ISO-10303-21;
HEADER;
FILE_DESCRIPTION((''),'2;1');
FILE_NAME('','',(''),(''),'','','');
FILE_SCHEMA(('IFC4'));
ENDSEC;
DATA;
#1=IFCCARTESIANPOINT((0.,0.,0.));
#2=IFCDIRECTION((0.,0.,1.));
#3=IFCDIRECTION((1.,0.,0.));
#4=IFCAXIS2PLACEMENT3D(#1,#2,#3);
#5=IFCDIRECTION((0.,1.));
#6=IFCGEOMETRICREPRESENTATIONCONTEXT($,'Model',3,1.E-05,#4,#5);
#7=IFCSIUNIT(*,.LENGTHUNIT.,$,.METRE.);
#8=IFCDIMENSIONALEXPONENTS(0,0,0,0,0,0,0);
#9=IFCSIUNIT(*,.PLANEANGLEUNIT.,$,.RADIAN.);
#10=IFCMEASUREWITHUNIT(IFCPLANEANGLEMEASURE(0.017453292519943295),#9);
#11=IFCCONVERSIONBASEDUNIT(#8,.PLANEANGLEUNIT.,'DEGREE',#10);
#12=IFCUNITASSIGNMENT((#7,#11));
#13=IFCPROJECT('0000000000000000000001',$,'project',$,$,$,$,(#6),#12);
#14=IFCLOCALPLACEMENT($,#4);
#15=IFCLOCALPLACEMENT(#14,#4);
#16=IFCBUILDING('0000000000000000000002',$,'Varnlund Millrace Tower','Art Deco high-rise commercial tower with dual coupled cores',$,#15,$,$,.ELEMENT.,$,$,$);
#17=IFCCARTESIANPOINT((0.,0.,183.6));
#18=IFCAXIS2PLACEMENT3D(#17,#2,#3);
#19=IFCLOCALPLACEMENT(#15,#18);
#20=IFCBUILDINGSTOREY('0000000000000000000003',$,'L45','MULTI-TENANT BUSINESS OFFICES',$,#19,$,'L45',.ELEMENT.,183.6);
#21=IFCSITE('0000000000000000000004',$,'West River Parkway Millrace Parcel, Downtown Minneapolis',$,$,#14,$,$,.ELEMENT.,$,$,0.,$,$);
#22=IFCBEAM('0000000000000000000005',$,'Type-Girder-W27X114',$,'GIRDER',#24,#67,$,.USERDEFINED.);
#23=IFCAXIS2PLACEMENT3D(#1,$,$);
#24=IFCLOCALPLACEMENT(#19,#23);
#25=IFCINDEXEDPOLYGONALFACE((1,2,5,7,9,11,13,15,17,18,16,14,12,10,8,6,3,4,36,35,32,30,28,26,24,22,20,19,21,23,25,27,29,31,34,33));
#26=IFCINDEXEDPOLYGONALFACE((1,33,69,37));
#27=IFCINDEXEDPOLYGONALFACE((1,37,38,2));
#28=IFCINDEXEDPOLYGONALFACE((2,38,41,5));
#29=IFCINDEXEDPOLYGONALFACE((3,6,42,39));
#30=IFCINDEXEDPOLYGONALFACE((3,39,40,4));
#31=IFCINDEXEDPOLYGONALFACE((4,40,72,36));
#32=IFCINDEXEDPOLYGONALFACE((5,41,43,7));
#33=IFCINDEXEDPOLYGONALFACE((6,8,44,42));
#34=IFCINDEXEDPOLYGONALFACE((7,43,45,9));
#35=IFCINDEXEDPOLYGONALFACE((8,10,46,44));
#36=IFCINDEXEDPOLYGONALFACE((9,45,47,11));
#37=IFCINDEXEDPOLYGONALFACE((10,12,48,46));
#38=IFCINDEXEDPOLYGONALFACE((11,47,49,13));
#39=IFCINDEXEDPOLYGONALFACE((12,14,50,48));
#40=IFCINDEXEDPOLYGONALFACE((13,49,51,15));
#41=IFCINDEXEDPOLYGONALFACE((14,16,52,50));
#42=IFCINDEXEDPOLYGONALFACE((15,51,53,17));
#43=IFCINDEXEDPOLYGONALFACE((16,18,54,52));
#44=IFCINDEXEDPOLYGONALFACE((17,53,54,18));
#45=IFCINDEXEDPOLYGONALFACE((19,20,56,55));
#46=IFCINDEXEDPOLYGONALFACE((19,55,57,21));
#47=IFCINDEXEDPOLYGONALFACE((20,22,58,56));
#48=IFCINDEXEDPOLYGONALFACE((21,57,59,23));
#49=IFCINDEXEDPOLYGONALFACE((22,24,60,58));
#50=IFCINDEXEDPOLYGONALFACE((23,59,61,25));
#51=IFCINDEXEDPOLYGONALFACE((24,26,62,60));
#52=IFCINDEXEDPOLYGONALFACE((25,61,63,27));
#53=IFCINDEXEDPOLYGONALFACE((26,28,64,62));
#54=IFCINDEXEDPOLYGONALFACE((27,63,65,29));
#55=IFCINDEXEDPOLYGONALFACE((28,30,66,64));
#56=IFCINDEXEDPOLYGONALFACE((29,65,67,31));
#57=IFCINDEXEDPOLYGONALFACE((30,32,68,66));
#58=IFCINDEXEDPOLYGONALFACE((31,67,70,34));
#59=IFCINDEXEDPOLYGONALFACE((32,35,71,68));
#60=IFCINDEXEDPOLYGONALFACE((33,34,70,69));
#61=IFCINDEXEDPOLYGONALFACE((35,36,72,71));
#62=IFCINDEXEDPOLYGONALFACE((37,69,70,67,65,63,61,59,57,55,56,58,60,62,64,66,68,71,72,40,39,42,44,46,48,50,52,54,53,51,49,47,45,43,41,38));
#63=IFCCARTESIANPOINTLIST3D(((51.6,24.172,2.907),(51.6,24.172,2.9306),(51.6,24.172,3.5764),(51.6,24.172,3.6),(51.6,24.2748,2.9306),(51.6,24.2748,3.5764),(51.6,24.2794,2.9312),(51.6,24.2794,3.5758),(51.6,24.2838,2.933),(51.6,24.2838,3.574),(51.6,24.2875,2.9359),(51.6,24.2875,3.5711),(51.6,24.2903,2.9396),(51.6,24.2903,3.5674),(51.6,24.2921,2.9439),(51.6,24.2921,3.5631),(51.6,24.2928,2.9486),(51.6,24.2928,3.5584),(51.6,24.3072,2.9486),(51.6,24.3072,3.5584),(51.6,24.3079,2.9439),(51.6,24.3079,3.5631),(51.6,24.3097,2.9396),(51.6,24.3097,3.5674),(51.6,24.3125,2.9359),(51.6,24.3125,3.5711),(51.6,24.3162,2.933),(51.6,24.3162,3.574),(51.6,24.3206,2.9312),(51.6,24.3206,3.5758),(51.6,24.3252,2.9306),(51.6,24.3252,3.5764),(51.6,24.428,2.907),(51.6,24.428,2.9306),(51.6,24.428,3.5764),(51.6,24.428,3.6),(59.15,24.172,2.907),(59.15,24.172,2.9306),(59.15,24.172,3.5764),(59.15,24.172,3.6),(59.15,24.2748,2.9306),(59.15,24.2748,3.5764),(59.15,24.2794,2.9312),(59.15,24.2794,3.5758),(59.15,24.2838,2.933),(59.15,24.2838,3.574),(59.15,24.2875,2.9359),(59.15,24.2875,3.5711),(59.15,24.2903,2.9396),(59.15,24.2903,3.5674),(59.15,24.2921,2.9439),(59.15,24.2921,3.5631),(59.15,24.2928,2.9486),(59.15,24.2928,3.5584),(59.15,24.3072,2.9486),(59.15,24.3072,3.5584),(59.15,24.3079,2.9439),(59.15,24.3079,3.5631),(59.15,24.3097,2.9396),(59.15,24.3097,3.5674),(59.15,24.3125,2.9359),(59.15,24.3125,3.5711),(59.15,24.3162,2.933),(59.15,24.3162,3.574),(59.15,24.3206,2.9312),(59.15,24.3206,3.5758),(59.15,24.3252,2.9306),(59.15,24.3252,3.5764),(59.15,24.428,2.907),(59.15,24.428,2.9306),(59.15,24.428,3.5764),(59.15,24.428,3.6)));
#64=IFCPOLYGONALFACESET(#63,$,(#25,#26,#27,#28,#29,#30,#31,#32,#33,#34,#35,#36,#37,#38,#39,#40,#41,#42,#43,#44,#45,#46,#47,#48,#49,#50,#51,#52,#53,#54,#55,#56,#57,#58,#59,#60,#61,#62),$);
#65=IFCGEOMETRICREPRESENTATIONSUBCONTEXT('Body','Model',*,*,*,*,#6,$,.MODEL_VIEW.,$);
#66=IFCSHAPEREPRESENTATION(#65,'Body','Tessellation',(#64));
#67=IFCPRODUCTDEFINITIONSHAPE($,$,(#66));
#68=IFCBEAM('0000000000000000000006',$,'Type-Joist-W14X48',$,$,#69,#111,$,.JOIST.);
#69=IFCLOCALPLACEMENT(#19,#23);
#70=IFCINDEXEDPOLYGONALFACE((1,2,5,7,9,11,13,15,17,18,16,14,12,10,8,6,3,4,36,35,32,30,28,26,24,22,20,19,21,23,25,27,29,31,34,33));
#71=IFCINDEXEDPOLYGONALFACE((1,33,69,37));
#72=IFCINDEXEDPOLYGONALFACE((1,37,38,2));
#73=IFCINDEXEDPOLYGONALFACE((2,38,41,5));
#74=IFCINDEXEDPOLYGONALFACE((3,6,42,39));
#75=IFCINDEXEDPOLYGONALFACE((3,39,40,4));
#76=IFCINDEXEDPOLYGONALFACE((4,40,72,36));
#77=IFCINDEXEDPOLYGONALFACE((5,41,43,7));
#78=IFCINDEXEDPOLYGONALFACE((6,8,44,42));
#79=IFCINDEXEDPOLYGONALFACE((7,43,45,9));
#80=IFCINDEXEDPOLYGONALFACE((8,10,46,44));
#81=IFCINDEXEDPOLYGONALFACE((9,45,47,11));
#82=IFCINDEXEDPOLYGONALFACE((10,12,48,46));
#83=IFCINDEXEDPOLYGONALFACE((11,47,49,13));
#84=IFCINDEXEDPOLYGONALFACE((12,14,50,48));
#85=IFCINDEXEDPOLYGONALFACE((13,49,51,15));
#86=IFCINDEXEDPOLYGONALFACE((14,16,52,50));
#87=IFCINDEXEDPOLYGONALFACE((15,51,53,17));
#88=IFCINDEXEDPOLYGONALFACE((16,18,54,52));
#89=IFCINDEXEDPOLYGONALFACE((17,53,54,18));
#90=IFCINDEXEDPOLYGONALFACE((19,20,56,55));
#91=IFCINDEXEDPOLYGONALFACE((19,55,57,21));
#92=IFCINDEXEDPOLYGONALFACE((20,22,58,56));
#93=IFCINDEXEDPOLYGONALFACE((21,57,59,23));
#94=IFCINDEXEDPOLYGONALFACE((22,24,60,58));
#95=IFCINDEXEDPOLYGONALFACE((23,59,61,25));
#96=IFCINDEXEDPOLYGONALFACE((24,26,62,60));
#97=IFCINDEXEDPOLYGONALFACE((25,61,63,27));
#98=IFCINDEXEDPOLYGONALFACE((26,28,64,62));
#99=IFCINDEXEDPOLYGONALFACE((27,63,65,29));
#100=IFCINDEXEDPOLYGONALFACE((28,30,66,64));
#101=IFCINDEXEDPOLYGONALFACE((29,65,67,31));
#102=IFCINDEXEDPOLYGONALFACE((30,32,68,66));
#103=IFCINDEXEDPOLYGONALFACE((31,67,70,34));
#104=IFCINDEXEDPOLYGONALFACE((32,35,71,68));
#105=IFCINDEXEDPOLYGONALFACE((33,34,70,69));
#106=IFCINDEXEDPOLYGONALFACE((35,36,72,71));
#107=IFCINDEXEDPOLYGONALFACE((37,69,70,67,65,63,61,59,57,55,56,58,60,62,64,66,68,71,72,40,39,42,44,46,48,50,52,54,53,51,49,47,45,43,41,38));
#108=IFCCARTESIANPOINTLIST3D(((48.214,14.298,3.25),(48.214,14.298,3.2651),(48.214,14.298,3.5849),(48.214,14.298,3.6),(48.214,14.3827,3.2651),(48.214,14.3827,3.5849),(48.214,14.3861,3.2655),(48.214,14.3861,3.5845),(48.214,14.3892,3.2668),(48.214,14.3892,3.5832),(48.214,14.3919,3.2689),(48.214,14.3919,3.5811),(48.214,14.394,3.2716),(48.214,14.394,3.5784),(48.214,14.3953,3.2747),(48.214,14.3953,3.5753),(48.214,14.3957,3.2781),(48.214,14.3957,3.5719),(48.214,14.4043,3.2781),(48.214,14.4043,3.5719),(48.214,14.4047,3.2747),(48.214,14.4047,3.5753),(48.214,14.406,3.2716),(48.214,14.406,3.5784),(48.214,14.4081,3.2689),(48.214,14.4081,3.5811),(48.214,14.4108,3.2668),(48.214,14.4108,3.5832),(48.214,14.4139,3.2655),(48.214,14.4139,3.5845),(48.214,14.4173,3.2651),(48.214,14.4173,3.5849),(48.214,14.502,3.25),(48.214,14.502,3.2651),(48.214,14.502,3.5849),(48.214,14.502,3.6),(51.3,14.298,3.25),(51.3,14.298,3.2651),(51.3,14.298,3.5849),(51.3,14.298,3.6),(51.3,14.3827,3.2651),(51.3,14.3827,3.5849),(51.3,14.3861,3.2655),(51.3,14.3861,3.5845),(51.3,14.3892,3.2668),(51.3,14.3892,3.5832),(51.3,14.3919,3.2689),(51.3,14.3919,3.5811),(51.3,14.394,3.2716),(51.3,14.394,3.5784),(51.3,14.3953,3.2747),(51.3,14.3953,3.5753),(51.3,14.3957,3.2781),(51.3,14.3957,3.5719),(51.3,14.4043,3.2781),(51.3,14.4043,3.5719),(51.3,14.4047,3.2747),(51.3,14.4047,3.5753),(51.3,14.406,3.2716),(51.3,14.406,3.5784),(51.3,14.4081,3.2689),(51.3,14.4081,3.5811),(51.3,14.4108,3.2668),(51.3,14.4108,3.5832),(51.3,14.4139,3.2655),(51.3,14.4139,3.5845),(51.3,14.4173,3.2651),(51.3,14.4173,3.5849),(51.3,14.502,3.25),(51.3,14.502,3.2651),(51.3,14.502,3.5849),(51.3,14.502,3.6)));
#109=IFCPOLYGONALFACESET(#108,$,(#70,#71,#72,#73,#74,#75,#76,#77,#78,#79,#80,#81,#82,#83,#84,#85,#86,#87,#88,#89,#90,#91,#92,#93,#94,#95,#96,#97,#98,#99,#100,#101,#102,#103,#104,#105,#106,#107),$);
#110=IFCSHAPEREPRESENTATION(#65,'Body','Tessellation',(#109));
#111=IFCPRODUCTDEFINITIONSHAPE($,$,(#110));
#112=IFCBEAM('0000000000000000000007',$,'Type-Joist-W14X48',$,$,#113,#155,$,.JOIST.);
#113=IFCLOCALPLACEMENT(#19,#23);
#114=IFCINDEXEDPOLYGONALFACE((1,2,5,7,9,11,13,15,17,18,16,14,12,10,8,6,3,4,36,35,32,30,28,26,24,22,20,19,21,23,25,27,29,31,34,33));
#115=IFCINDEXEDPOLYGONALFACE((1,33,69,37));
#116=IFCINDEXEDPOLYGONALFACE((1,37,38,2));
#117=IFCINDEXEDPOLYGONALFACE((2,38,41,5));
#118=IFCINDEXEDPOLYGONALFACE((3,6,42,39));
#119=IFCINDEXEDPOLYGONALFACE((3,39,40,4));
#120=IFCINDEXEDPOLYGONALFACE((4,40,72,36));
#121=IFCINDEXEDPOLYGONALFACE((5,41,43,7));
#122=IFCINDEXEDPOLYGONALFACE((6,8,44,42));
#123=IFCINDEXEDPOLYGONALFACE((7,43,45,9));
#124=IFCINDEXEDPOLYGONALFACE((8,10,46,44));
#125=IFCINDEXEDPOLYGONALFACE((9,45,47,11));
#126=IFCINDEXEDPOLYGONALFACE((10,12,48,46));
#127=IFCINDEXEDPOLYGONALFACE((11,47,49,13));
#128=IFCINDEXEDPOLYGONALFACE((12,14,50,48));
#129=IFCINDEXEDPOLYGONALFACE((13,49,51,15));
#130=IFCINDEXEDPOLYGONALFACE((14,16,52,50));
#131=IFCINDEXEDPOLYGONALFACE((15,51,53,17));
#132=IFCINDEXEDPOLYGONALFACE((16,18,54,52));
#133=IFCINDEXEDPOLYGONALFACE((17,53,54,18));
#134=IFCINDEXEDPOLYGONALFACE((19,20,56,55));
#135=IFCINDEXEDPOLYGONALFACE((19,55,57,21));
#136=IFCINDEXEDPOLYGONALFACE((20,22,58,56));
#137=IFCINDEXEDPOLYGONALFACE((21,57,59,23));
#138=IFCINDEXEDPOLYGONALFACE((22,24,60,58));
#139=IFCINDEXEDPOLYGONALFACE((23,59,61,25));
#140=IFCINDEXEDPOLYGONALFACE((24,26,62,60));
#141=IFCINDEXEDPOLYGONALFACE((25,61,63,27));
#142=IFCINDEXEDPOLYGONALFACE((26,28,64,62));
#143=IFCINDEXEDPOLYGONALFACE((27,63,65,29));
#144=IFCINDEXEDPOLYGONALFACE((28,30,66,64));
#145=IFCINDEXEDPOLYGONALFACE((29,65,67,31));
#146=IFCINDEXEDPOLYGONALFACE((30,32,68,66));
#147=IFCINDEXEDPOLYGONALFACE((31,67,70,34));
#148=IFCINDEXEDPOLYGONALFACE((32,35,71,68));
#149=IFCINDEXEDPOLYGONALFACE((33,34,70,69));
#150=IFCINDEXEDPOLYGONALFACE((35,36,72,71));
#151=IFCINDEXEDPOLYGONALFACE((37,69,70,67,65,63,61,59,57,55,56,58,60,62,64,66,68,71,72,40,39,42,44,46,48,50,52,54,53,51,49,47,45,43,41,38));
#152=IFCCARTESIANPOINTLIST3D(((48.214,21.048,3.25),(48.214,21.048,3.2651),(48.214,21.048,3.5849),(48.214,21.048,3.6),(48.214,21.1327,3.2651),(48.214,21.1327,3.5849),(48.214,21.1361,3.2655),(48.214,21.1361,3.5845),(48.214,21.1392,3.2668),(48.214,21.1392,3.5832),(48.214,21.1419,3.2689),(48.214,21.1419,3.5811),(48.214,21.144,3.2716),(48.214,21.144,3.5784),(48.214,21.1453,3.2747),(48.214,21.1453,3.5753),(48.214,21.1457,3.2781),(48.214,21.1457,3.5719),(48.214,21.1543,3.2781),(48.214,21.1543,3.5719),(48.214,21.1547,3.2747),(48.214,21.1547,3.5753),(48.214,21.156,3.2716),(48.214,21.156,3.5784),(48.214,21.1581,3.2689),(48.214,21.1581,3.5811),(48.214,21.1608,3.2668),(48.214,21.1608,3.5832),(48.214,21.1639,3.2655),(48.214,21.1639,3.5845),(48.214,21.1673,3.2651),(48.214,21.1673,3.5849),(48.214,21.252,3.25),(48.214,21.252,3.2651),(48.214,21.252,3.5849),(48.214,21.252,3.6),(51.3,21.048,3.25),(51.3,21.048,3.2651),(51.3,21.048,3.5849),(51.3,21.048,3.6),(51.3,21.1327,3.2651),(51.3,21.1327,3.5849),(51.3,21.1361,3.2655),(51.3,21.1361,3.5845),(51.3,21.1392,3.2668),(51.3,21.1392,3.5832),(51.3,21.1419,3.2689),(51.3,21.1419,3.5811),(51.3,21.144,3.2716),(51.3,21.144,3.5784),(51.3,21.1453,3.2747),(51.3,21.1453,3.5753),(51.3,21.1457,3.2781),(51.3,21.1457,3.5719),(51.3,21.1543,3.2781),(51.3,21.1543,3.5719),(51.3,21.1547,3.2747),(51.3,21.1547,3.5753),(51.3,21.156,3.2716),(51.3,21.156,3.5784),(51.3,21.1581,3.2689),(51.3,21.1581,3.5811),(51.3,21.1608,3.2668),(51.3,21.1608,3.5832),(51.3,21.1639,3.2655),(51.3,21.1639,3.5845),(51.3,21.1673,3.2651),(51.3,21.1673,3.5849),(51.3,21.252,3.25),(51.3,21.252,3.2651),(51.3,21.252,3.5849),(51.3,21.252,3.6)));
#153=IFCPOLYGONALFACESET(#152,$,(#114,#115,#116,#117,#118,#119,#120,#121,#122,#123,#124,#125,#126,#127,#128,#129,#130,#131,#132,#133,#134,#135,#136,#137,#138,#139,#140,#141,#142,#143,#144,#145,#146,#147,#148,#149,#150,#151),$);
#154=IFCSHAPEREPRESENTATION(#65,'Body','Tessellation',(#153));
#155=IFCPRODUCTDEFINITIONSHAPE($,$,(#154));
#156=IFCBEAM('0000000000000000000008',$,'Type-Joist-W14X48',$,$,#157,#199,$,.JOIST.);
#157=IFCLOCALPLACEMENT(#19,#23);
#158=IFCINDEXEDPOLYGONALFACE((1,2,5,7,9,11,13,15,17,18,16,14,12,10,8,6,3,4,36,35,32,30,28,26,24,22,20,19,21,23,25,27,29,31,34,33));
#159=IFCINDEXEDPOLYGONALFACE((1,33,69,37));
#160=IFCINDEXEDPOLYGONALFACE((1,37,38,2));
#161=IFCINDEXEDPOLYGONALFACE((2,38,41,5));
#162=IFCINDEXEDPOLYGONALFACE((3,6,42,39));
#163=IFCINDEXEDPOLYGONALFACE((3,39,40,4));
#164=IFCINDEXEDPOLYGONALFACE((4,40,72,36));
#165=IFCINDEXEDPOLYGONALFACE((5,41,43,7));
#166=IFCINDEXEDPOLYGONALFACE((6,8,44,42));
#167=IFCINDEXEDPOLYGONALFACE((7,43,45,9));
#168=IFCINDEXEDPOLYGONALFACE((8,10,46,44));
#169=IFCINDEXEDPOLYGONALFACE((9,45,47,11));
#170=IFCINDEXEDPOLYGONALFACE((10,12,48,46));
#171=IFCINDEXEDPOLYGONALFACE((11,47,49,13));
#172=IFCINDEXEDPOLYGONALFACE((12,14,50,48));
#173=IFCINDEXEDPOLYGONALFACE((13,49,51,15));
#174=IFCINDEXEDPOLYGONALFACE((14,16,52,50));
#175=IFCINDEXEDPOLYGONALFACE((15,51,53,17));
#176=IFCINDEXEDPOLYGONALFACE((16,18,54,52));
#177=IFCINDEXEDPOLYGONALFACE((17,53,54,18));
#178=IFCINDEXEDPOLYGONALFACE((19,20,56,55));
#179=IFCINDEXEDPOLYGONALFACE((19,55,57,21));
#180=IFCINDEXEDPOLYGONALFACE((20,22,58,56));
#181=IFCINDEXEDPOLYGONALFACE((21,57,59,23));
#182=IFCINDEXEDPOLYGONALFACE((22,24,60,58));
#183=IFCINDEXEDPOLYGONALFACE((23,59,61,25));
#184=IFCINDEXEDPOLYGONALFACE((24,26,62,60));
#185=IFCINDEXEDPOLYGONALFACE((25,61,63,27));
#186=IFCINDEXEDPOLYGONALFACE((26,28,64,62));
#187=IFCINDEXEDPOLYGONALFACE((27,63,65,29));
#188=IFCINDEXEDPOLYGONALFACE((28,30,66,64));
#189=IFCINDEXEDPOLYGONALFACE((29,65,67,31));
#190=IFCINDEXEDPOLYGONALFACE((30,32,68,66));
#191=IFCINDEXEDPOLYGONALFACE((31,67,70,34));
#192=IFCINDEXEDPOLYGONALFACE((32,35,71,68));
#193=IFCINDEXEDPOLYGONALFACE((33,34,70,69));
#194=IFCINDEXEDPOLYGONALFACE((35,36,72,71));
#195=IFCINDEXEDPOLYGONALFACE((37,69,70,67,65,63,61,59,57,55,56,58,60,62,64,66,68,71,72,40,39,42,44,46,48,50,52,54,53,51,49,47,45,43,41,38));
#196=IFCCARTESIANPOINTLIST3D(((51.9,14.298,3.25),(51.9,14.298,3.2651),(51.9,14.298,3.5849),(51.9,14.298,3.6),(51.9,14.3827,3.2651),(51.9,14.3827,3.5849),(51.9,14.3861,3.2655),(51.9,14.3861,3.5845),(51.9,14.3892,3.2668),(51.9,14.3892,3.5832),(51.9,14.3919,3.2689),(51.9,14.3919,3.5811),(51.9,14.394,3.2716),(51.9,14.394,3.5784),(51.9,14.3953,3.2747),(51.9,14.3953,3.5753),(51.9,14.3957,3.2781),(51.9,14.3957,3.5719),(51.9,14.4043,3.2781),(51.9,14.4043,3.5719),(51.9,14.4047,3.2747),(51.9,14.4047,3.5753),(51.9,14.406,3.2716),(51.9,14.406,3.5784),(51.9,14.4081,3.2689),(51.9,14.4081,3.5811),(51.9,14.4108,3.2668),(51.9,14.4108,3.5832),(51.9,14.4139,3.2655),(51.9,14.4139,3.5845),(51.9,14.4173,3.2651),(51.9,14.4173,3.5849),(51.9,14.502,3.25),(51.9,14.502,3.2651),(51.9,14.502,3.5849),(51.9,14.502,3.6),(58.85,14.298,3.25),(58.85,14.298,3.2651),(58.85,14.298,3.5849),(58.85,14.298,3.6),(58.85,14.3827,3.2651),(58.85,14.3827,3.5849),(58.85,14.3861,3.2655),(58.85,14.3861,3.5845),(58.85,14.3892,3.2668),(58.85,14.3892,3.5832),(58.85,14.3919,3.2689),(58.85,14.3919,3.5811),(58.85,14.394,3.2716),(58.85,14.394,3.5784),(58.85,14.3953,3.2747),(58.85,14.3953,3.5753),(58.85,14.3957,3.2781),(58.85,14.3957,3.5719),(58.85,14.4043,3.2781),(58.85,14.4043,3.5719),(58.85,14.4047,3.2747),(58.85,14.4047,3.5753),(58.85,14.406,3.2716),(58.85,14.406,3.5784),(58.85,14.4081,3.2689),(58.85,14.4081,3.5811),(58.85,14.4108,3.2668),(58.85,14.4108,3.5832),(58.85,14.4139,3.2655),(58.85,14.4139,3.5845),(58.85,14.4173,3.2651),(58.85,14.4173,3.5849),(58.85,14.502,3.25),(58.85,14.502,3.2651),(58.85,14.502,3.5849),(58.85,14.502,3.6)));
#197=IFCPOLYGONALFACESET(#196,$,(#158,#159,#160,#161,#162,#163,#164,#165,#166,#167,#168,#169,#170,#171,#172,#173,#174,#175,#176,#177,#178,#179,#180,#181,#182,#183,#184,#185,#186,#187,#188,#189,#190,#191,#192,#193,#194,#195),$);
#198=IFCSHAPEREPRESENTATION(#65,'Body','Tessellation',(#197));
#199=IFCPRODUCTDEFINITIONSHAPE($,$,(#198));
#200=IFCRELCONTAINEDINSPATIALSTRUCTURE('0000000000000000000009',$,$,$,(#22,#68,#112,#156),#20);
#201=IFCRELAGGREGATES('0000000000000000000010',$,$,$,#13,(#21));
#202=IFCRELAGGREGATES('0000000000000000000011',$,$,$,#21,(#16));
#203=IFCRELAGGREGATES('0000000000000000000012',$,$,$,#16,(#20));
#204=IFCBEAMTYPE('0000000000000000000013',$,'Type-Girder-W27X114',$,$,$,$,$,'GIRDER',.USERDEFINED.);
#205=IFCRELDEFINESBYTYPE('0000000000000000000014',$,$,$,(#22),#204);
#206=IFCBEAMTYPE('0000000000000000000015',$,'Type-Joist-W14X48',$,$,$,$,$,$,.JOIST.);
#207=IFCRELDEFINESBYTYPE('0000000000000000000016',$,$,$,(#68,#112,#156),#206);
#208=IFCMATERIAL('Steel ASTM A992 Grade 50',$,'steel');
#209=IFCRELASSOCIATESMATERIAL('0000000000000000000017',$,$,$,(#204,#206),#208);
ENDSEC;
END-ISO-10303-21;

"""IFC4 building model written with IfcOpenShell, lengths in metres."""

from ifc_helpers import new_model, entity, si_unit, converted_unit, direction, frame, origin_with_axes, origin_2d_with_axis, place, context, subcontext, project, spatial, i_section, extrude, material, material_profile, profile_set, type_object, element, save


model = new_model("IFC4")

# Units and contexts
model_context = context("Model", 3, precision=1e-05, world=origin_with_axes(), true_north=direction((0.0, 1.0)))
body_context = subcontext(model_context, "Body", "Model", "MODEL_VIEW")
ifc_project = project(units=[si_unit("LENGTHUNIT", "METRE"), converted_unit("PLANEANGLEUNIT", "DEGREE", entity("IfcPlaneAngleMeasure", 0.017453292519943295), si_unit("PLANEANGLEUNIT", "RADIAN"), dimensions=[0, 0, 0, 0, 0, 0, 0])], contexts=[model_context])

# Site, building, storey
site_placement = place(None, origin_with_axes())
site = spatial("IfcSite", under=ifc_project, at=site_placement, Name="West River Parkway Millrace Parcel, Downtown Minneapolis", CompositionType="ELEMENT", RefElevation=0.0)
building_placement = place(site_placement, origin_with_axes())
building = spatial("IfcBuilding", under=site, at=building_placement, Name="Varnlund Millrace Tower", Description="Art Deco high-rise commercial tower with dual coupled cores", CompositionType="ELEMENT")
storey_placement = place(building_placement, frame((0.0, 0.0, 183.6), z_axis=(0.0, 0.0, 1.0), x_axis=(1.0, 0.0, 0.0)))
storey = spatial("IfcBuildingStorey", under=building, at=storey_placement, Name="L45", Description="MULTI-TENANT BUSINESS OFFICES", LongName="L45", CompositionType="ELEMENT", Elevation=183.6)

# Beams
ifc_material_1 = material(Name="Steel ASTM A992 Grade 50", Category="steel")
ifc_material_profile_1 = material_profile(ifc_material_1, i_section(OverallWidth=0.256, OverallDepth=0.693, WebThickness=0.0145, FlangeThickness=0.0236, FilletRadius=0.018, at=origin_2d_with_axis()), Name="Steel ASTM A992 Grade 50")
ifc_profile_set_1 = profile_set([ifc_material_profile_1], Name="Steel ASTM A992 Grade 50")
beam_type_1 = type_object("IfcBeamType", Name="Type-Girder-W27X114", ElementType="GIRDER", PredefinedType="USERDEFINED", material=ifc_profile_set_1)
beam_1_placement = place(storey_placement, frame((51.6, 24.3, 3.2535), z_axis=(1.0, 0.0, 0.0), x_axis=(0.0, 1.0, 0.0)))
element("IfcBeam", 1, at=beam_1_placement, inside=storey, type_object=beam_type_1, Name="Type-Girder-W27X114", ObjectType="GIRDER", PredefinedType="USERDEFINED", context=body_context, shape_type="SweptSolid", body=[
    extrude(i_section(OverallWidth=0.256, OverallDepth=0.693, WebThickness=0.0145, FlangeThickness=0.0236, FilletRadius=0.018, at=origin_2d_with_axis()), origin_with_axes(), (0.0, 0.0, 1.0), 7.55),
])
ifc_material_profile_2 = material_profile(ifc_material_1, i_section(OverallWidth=0.204, OverallDepth=0.35, WebThickness=0.0086, FlangeThickness=0.0151, FilletRadius=0.013, at=origin_2d_with_axis()), Name="Steel ASTM A992 Grade 50")
ifc_profile_set_2 = profile_set([ifc_material_profile_2], Name="Steel ASTM A992 Grade 50")
beam_type_2 = type_object("IfcBeamType", Name="Type-Joist-W14X48", PredefinedType="JOIST", material=ifc_profile_set_2)
for number, where, z_axis, x_axis, name in (
    (2, (48.214, 14.4, 3.425), (1.0, 0.0, 0.0), (0.0, 1.0, 0.0), "Type-Joist-W14X48"),
    (3, (48.214, 21.15, 3.425), (1.0, 0.0, 0.0), (0.0, 1.0, 0.0), "Type-Joist-W14X48"),
):
    element("IfcBeam", number, at=place(storey_placement, frame(where, z_axis=z_axis, x_axis=x_axis)), inside=storey, type_object=beam_type_2, Name=name, PredefinedType="JOIST", context=body_context, shape_type="SweptSolid", body=[
        extrude(i_section(OverallWidth=0.204, OverallDepth=0.35, WebThickness=0.0086, FlangeThickness=0.0151, FilletRadius=0.013, at=origin_2d_with_axis()), origin_with_axes(), (0.0, 0.0, 1.0), 3.086),
    ])
for number, where, z_axis, x_axis, name in (
    (4, (51.9, 14.4, 3.425), (1.0, 0.0, 0.0), (0.0, 1.0, 0.0), "Type-Joist-W14X48"),
):
    element("IfcBeam", number, at=place(storey_placement, frame(where, z_axis=z_axis, x_axis=x_axis)), inside=storey, type_object=beam_type_2, Name=name, PredefinedType="JOIST", context=body_context, shape_type="SweptSolid", body=[
        extrude(i_section(OverallWidth=0.204, OverallDepth=0.35, WebThickness=0.0086, FlangeThickness=0.0151, FilletRadius=0.013, at=origin_2d_with_axis()), origin_with_axes(), (0.0, 0.0, 1.0), 6.95),
    ])

save(model, "model.ifc")
